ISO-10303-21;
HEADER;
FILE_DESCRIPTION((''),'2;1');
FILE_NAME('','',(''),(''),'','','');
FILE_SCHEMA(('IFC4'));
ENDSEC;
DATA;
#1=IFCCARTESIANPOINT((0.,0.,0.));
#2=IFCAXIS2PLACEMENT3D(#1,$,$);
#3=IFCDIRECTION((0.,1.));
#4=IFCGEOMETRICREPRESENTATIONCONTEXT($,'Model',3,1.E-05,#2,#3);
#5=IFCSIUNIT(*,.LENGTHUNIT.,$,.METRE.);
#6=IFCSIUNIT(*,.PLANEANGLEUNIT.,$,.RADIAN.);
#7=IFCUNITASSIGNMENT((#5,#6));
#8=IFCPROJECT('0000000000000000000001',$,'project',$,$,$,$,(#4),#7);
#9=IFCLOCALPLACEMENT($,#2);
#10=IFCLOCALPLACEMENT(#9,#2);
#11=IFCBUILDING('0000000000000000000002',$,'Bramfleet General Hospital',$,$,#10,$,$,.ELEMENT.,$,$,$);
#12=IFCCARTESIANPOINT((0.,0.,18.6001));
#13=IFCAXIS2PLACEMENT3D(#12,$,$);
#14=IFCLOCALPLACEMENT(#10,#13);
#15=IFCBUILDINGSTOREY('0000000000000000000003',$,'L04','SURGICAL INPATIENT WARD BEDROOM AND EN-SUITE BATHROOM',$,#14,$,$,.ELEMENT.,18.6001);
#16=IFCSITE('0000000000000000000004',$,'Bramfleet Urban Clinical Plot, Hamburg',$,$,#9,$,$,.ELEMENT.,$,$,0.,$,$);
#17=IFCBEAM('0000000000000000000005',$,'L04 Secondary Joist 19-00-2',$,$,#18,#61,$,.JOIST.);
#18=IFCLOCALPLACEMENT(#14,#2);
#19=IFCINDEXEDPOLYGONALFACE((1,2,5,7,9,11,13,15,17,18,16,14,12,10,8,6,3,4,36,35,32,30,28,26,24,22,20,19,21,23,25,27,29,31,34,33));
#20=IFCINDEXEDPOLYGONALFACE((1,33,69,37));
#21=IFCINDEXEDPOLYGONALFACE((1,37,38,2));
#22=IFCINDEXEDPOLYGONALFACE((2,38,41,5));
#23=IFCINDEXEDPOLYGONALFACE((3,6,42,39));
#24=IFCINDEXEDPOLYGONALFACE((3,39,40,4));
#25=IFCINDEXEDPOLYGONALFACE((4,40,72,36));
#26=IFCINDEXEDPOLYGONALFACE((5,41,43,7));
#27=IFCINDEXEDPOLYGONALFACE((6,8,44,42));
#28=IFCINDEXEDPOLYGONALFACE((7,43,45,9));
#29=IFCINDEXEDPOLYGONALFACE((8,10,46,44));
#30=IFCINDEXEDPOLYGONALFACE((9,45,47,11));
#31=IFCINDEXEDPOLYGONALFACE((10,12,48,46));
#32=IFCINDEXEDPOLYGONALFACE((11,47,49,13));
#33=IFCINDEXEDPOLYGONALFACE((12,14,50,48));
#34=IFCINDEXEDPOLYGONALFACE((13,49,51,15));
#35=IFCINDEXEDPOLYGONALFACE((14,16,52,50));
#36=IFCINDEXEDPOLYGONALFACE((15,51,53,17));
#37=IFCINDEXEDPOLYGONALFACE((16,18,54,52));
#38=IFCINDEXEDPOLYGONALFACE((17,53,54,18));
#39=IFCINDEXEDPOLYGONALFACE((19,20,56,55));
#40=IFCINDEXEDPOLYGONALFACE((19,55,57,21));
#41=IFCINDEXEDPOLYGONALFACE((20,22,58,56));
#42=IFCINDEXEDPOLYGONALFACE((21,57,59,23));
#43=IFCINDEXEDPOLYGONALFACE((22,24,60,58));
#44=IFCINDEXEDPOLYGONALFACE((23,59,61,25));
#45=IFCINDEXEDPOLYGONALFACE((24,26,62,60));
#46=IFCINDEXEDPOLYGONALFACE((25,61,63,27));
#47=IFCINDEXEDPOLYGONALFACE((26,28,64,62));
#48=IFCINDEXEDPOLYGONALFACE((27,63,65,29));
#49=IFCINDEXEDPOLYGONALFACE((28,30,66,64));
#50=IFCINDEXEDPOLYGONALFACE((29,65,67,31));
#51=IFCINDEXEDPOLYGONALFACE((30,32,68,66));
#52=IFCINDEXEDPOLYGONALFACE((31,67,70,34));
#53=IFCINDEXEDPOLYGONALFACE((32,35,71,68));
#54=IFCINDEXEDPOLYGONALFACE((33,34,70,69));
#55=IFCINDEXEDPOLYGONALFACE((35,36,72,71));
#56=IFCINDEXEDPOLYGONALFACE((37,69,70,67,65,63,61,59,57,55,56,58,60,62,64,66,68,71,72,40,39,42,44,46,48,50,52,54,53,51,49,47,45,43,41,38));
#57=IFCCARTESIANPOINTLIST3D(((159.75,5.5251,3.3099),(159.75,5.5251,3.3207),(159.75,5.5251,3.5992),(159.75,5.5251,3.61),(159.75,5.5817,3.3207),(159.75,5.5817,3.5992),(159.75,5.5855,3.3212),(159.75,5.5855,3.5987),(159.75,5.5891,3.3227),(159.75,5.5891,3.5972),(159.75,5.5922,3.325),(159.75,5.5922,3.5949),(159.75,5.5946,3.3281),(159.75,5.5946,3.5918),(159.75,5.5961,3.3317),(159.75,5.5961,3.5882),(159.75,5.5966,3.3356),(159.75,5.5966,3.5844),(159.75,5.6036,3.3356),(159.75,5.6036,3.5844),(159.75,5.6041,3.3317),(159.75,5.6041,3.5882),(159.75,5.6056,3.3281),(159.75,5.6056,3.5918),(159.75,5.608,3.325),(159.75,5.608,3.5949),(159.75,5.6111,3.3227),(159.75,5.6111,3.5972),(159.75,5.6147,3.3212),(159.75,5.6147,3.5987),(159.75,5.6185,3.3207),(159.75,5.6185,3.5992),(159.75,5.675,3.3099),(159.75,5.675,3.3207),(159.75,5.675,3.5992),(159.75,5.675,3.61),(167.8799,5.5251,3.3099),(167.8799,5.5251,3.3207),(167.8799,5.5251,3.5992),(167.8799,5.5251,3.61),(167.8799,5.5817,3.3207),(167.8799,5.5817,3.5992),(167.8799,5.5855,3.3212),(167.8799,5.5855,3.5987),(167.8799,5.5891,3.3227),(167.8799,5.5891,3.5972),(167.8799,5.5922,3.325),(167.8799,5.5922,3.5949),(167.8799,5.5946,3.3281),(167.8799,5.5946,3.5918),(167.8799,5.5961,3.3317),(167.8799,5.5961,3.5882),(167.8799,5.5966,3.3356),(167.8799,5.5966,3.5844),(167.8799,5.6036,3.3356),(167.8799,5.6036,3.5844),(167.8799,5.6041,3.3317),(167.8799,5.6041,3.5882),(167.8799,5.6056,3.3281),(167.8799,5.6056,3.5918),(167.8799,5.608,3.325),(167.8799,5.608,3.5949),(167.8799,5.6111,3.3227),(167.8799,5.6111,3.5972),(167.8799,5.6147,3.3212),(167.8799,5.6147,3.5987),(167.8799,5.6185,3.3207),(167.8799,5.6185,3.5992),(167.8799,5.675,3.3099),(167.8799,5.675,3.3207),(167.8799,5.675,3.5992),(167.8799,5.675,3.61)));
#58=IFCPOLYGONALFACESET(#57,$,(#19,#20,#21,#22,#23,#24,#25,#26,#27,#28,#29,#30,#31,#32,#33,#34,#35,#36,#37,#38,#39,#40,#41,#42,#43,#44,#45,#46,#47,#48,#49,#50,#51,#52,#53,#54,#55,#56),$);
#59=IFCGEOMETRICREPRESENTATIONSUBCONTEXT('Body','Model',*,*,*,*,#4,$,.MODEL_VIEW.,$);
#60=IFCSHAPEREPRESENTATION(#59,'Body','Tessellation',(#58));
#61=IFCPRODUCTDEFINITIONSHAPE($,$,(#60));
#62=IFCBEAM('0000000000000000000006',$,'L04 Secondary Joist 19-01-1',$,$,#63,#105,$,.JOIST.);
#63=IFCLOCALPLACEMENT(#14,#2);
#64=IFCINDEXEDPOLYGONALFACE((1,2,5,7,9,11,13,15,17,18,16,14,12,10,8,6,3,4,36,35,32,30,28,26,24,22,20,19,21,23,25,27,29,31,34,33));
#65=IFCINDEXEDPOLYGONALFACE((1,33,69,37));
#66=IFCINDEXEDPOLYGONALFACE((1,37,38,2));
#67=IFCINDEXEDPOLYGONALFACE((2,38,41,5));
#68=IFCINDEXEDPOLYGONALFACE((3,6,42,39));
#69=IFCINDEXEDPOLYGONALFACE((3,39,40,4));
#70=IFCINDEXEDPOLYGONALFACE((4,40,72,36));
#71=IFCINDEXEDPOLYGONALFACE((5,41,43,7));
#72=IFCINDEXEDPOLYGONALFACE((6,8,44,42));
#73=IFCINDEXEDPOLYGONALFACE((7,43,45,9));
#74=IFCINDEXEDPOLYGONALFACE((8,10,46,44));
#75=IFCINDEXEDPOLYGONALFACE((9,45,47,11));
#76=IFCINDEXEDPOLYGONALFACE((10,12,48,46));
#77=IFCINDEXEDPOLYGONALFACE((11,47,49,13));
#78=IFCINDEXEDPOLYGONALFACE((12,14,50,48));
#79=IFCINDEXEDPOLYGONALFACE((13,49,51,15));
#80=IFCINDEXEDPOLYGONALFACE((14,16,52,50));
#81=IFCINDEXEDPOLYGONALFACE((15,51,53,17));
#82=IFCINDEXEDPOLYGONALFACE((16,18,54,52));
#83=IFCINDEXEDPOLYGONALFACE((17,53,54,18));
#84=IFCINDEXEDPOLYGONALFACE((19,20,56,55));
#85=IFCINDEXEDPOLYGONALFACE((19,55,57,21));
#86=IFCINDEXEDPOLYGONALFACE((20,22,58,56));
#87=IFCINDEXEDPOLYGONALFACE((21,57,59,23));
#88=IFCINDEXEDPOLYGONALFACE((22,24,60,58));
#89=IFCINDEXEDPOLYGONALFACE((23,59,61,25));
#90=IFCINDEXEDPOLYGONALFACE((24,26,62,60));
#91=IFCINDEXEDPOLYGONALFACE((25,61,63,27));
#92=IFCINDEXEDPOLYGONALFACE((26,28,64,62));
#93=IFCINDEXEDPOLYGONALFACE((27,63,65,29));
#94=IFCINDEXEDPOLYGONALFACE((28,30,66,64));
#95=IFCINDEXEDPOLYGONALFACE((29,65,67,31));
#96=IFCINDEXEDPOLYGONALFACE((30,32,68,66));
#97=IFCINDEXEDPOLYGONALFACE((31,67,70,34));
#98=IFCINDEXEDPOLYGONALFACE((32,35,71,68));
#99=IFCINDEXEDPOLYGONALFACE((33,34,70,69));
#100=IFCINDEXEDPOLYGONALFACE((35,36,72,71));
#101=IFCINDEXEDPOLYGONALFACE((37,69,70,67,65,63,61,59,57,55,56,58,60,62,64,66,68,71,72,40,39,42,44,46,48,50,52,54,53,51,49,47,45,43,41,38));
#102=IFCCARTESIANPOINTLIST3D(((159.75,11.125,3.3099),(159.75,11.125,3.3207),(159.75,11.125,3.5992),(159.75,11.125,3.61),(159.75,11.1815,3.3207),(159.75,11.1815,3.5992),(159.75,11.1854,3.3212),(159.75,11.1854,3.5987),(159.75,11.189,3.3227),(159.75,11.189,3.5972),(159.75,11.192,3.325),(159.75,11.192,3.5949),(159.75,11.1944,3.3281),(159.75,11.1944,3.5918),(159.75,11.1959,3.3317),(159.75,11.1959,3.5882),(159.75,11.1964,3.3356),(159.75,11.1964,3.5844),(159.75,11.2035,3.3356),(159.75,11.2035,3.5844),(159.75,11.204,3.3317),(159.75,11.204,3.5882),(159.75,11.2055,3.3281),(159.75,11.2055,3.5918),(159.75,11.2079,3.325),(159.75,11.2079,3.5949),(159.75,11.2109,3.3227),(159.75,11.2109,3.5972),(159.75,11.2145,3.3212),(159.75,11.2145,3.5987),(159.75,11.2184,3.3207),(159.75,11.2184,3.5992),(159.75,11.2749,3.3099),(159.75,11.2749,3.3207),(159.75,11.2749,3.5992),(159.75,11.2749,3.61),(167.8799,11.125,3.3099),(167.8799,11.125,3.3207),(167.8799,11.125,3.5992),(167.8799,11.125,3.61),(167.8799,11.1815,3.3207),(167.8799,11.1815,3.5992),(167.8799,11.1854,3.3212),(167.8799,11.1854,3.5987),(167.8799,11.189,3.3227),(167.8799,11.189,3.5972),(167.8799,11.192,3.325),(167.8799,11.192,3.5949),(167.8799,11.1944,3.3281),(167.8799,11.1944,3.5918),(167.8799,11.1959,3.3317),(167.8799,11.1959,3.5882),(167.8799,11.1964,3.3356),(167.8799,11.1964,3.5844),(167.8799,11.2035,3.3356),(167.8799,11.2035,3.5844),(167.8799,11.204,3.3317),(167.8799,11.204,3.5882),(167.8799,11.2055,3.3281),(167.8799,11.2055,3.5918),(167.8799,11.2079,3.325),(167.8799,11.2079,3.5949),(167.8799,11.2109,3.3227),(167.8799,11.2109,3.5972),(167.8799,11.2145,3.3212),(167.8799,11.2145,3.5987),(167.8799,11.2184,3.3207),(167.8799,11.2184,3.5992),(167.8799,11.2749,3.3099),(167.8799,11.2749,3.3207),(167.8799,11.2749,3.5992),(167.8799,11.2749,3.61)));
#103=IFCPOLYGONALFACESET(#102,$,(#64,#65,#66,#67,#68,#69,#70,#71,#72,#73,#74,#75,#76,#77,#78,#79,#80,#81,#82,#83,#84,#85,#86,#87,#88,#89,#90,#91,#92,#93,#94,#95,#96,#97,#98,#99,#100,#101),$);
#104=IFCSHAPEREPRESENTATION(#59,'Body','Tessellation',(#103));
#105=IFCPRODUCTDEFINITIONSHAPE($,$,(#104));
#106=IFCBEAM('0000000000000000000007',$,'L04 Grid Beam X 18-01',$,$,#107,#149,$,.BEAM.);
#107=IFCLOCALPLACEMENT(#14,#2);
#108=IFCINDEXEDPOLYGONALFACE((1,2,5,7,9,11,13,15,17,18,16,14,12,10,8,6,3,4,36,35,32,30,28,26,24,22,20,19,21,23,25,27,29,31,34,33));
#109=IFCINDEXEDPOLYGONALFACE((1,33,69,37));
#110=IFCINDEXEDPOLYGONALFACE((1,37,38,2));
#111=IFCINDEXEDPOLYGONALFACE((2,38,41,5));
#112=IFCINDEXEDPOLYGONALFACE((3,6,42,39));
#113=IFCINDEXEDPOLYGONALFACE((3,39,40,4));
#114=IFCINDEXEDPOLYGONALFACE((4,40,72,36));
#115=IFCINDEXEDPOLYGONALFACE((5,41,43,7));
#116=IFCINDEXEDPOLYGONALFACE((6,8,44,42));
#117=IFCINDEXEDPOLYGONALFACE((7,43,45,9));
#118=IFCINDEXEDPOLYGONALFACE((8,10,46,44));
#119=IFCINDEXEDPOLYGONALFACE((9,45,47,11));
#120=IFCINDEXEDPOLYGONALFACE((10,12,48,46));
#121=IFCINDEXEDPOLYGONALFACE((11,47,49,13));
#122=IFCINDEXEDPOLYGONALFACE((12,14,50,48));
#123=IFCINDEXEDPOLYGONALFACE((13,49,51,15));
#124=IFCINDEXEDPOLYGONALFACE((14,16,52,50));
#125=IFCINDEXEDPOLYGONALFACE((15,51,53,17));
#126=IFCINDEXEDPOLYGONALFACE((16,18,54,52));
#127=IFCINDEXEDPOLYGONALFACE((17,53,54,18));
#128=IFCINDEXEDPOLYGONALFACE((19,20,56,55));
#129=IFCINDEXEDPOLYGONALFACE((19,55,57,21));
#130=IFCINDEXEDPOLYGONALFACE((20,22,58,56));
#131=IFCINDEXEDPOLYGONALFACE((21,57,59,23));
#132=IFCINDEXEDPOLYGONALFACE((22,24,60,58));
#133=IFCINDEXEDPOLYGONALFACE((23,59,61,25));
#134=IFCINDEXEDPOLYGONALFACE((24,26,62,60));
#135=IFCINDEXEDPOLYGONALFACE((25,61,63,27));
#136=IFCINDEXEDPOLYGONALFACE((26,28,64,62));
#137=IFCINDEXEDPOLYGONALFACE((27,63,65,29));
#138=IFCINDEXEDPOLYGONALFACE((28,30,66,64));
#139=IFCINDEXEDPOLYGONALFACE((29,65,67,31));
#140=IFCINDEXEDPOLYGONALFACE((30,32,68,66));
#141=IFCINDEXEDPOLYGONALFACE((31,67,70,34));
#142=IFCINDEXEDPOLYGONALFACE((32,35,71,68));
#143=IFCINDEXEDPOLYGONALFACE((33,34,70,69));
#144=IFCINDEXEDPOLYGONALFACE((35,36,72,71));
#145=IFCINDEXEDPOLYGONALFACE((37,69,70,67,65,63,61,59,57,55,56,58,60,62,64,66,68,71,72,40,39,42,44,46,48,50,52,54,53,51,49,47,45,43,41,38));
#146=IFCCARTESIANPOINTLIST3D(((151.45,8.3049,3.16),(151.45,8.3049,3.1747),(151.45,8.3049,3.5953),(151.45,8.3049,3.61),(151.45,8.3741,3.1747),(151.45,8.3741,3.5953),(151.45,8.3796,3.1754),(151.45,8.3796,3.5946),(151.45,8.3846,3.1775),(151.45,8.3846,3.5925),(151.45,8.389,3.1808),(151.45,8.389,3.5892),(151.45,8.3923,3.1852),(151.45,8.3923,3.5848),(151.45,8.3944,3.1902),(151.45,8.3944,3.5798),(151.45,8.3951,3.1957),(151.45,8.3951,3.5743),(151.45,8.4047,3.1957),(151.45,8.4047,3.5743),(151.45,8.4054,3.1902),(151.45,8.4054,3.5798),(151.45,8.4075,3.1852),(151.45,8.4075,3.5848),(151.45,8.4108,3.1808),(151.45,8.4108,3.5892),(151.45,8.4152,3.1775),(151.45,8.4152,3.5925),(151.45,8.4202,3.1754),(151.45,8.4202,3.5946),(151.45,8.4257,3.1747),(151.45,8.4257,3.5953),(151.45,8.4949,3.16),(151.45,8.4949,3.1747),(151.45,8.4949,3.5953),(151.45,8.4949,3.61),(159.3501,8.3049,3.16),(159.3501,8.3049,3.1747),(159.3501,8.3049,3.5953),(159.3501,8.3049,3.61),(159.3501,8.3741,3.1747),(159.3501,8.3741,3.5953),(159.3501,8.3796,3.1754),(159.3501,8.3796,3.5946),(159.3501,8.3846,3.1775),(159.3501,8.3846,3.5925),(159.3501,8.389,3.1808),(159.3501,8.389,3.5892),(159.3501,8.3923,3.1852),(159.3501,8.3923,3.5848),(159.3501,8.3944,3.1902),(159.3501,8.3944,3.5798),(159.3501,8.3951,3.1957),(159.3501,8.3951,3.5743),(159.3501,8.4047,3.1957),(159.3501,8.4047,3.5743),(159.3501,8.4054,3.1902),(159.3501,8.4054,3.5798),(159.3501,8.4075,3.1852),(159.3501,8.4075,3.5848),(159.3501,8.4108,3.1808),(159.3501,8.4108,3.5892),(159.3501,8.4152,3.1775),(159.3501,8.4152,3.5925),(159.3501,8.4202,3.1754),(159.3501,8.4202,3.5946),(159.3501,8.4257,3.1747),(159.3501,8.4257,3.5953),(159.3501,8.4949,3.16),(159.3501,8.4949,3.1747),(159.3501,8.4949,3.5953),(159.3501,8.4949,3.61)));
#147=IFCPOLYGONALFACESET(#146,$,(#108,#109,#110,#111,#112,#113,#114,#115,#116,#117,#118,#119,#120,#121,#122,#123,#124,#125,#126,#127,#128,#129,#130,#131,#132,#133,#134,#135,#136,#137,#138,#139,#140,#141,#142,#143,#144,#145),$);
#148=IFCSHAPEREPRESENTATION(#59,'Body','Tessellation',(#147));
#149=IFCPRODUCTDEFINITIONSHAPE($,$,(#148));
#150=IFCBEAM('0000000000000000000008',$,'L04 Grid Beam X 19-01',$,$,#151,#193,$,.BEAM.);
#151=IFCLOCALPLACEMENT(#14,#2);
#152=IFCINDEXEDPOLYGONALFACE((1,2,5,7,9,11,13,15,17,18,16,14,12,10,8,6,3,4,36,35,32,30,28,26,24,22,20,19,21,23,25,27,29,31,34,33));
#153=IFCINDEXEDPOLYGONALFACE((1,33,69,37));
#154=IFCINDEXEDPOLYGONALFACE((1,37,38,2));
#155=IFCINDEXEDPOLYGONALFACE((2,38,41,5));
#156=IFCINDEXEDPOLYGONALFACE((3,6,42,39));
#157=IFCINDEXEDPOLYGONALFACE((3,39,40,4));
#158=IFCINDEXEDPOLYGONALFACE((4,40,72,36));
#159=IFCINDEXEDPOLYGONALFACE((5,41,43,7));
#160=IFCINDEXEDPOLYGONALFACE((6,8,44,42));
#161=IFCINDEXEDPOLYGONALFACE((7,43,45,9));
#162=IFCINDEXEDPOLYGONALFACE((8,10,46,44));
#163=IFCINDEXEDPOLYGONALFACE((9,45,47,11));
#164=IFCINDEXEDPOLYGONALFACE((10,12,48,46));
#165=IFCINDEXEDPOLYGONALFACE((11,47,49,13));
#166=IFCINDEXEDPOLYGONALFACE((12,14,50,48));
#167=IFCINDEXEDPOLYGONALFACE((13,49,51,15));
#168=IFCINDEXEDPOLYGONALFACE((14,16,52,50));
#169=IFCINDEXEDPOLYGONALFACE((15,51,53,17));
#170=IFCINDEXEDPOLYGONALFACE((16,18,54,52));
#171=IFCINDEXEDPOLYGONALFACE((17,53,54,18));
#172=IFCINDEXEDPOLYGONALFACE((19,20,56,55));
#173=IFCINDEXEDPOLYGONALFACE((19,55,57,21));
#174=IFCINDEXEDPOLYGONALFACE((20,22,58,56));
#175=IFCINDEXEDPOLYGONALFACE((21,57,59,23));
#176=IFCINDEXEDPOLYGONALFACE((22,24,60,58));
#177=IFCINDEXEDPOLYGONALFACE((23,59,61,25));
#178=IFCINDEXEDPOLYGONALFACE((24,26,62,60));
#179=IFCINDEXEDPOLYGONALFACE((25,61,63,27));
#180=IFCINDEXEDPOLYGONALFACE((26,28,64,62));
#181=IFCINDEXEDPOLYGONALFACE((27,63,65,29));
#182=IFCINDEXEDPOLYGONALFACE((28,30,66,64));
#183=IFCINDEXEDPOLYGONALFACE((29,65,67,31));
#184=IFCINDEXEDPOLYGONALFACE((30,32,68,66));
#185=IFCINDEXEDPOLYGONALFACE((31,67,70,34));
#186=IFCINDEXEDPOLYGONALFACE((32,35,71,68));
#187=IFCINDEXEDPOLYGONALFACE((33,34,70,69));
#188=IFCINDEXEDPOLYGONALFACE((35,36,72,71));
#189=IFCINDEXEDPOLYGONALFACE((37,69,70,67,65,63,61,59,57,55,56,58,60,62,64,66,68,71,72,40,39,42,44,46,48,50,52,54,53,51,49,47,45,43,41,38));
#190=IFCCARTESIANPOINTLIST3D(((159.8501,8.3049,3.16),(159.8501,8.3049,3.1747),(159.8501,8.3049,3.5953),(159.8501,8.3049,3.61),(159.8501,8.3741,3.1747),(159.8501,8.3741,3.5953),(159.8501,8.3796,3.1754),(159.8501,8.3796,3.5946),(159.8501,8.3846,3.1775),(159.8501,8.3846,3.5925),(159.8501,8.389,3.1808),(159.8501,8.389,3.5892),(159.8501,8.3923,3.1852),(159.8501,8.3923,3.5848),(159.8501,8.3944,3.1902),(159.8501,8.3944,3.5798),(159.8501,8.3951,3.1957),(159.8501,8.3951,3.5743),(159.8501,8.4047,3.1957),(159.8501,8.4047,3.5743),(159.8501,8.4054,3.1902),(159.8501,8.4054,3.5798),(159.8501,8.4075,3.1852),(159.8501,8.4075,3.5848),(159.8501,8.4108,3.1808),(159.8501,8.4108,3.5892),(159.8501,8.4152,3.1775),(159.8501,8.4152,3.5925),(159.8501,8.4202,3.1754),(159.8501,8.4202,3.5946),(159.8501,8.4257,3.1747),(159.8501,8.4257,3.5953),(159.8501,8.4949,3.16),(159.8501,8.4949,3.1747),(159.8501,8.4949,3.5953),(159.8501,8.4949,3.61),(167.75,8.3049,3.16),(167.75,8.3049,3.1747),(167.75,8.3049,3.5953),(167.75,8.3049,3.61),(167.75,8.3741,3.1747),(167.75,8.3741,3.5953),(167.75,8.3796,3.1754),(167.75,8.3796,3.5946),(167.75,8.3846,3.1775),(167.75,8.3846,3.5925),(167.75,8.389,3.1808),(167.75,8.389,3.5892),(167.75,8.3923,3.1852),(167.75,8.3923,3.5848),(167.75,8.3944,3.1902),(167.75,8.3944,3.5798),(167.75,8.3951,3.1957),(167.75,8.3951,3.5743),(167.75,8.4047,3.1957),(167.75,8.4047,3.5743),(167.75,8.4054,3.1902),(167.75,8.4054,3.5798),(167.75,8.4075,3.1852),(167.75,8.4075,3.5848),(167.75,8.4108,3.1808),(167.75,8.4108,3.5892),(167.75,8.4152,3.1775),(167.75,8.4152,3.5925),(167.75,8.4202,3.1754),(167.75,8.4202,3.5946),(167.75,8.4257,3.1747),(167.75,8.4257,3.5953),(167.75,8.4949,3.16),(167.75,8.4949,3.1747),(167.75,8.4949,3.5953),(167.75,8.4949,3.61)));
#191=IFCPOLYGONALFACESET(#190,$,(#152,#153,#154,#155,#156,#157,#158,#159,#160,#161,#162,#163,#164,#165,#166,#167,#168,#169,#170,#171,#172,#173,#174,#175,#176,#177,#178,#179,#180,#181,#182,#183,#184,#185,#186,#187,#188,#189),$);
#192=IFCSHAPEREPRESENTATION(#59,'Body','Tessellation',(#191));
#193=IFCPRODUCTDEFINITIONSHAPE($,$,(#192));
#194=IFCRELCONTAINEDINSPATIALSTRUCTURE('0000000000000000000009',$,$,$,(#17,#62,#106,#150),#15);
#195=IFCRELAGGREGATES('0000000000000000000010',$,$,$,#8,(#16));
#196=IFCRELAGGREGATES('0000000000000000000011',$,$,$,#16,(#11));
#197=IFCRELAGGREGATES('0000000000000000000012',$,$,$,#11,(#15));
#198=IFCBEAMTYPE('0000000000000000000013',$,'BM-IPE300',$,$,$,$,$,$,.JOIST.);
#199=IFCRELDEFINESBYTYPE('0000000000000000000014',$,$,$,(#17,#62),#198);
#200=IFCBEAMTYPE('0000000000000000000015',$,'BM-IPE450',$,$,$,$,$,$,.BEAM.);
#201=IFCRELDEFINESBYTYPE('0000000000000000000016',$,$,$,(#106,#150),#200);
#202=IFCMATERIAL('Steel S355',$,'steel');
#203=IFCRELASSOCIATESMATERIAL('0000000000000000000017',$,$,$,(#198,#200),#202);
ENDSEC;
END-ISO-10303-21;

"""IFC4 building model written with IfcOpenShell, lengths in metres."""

from ifc_helpers import new_model, si_unit, direction, frame, origin, origin_2d, place, context, subcontext, project, spatial, i_section, extrude, material, material_profile, profile_set, type_object, element, save


model = new_model("IFC4")

# Units and contexts
model_context = context("Model", 3, precision=1e-05, world=origin(), true_north=direction((0.0, 1.0)))
body_context = subcontext(model_context, "Body", "Model", "MODEL_VIEW")
ifc_project = project(units=[si_unit("LENGTHUNIT", "METRE"), si_unit("PLANEANGLEUNIT", "RADIAN")], contexts=[model_context])

# Site, building, storey
site_placement = place(None, origin())
site = spatial("IfcSite", under=ifc_project, at=site_placement, Name="Bramfleet Urban Clinical Plot, Hamburg", CompositionType="ELEMENT", RefElevation=0.0)
building_placement = place(site_placement, origin())
building = spatial("IfcBuilding", under=site, at=building_placement, Name="Bramfleet General Hospital", CompositionType="ELEMENT")
storey_placement = place(building_placement, frame((0.0, 0.0, 18.6001)))
storey = spatial("IfcBuildingStorey", under=building, at=storey_placement, Name="L04", Description="SURGICAL INPATIENT WARD BEDROOM AND EN-SUITE BATHROOM", CompositionType="ELEMENT", Elevation=18.6001)

# Beams
ifc_material_1 = material(Name="Steel S355", Category="steel")
ifc_material_profile_1 = material_profile(ifc_material_1, i_section(OverallWidth=0.1499, OverallDepth=0.3, WebThickness=0.0071, FlangeThickness=0.0107, FilletRadius=0.0149, at=origin_2d()), Name="IPE 300")
ifc_profile_set_1 = profile_set([ifc_material_profile_1], Name="Steel S355")
beam_type_1 = type_object("IfcBeamType", Name="BM-IPE300", PredefinedType="JOIST", material=ifc_profile_set_1)
for number, where, z_axis, x_axis, name in (
    (1, (159.75, 5.6001, 3.46), (1.0, 0.0, 0.0), (0.0, 1.0, 0.0), "L04 Secondary Joist 19-00-2"),
    (2, (159.75, 11.2, 3.46), (1.0, 0.0, 0.0), (0.0, 1.0, 0.0), "L04 Secondary Joist 19-01-1"),
):
    element("IfcBeam", number, at=place(storey_placement, frame(where, z_axis=z_axis, x_axis=x_axis)), inside=storey, type_object=beam_type_1, Name=name, PredefinedType="JOIST", context=body_context, shape_type="SweptSolid", body=[
        extrude(i_section(OverallWidth=0.1499, OverallDepth=0.3, WebThickness=0.0071, FlangeThickness=0.0107, FilletRadius=0.0149, at=origin_2d()), origin(), (0.0, 0.0, 1.0), 8.1299),
    ])
ifc_material_profile_2 = material_profile(ifc_material_1, i_section(OverallWidth=0.1899, OverallDepth=0.45, WebThickness=0.0095, FlangeThickness=0.0146, FilletRadius=0.021, at=origin_2d()), Name="IPE 450")
ifc_profile_set_2 = profile_set([ifc_material_profile_2], Name="Steel S355")
beam_type_2 = type_object("IfcBeamType", Name="BM-IPE450", PredefinedType="BEAM", material=ifc_profile_set_2)
beam_1_placement = place(storey_placement, frame((151.45, 8.3999, 3.385), z_axis=(1.0, 0.0, 0.0), x_axis=(0.0, 1.0, 0.0)))
element("IfcBeam", 3, at=beam_1_placement, inside=storey, type_object=beam_type_2, Name="L04 Grid Beam X 18-01", PredefinedType="BEAM", context=body_context, shape_type="SweptSolid", body=[
    extrude(i_section(OverallWidth=0.1899, OverallDepth=0.45, WebThickness=0.0095, FlangeThickness=0.0146, FilletRadius=0.021, at=origin_2d()), origin(), (0.0, 0.0, 1.0), 7.9001),
])
beam_2_placement = place(storey_placement, frame((159.8501, 8.3999, 3.385), z_axis=(1.0, 0.0, 0.0), x_axis=(0.0, 1.0, 0.0)))
element("IfcBeam", 4, at=beam_2_placement, inside=storey, type_object=beam_type_2, Name="L04 Grid Beam X 19-01", PredefinedType="BEAM", context=body_context, shape_type="SweptSolid", body=[
    extrude(i_section(OverallWidth=0.1899, OverallDepth=0.45, WebThickness=0.0095, FlangeThickness=0.0146, FilletRadius=0.021, at=origin_2d()), origin(), (0.0, 0.0, 1.0), 7.8999),
])

save(model, "model.ifc")
